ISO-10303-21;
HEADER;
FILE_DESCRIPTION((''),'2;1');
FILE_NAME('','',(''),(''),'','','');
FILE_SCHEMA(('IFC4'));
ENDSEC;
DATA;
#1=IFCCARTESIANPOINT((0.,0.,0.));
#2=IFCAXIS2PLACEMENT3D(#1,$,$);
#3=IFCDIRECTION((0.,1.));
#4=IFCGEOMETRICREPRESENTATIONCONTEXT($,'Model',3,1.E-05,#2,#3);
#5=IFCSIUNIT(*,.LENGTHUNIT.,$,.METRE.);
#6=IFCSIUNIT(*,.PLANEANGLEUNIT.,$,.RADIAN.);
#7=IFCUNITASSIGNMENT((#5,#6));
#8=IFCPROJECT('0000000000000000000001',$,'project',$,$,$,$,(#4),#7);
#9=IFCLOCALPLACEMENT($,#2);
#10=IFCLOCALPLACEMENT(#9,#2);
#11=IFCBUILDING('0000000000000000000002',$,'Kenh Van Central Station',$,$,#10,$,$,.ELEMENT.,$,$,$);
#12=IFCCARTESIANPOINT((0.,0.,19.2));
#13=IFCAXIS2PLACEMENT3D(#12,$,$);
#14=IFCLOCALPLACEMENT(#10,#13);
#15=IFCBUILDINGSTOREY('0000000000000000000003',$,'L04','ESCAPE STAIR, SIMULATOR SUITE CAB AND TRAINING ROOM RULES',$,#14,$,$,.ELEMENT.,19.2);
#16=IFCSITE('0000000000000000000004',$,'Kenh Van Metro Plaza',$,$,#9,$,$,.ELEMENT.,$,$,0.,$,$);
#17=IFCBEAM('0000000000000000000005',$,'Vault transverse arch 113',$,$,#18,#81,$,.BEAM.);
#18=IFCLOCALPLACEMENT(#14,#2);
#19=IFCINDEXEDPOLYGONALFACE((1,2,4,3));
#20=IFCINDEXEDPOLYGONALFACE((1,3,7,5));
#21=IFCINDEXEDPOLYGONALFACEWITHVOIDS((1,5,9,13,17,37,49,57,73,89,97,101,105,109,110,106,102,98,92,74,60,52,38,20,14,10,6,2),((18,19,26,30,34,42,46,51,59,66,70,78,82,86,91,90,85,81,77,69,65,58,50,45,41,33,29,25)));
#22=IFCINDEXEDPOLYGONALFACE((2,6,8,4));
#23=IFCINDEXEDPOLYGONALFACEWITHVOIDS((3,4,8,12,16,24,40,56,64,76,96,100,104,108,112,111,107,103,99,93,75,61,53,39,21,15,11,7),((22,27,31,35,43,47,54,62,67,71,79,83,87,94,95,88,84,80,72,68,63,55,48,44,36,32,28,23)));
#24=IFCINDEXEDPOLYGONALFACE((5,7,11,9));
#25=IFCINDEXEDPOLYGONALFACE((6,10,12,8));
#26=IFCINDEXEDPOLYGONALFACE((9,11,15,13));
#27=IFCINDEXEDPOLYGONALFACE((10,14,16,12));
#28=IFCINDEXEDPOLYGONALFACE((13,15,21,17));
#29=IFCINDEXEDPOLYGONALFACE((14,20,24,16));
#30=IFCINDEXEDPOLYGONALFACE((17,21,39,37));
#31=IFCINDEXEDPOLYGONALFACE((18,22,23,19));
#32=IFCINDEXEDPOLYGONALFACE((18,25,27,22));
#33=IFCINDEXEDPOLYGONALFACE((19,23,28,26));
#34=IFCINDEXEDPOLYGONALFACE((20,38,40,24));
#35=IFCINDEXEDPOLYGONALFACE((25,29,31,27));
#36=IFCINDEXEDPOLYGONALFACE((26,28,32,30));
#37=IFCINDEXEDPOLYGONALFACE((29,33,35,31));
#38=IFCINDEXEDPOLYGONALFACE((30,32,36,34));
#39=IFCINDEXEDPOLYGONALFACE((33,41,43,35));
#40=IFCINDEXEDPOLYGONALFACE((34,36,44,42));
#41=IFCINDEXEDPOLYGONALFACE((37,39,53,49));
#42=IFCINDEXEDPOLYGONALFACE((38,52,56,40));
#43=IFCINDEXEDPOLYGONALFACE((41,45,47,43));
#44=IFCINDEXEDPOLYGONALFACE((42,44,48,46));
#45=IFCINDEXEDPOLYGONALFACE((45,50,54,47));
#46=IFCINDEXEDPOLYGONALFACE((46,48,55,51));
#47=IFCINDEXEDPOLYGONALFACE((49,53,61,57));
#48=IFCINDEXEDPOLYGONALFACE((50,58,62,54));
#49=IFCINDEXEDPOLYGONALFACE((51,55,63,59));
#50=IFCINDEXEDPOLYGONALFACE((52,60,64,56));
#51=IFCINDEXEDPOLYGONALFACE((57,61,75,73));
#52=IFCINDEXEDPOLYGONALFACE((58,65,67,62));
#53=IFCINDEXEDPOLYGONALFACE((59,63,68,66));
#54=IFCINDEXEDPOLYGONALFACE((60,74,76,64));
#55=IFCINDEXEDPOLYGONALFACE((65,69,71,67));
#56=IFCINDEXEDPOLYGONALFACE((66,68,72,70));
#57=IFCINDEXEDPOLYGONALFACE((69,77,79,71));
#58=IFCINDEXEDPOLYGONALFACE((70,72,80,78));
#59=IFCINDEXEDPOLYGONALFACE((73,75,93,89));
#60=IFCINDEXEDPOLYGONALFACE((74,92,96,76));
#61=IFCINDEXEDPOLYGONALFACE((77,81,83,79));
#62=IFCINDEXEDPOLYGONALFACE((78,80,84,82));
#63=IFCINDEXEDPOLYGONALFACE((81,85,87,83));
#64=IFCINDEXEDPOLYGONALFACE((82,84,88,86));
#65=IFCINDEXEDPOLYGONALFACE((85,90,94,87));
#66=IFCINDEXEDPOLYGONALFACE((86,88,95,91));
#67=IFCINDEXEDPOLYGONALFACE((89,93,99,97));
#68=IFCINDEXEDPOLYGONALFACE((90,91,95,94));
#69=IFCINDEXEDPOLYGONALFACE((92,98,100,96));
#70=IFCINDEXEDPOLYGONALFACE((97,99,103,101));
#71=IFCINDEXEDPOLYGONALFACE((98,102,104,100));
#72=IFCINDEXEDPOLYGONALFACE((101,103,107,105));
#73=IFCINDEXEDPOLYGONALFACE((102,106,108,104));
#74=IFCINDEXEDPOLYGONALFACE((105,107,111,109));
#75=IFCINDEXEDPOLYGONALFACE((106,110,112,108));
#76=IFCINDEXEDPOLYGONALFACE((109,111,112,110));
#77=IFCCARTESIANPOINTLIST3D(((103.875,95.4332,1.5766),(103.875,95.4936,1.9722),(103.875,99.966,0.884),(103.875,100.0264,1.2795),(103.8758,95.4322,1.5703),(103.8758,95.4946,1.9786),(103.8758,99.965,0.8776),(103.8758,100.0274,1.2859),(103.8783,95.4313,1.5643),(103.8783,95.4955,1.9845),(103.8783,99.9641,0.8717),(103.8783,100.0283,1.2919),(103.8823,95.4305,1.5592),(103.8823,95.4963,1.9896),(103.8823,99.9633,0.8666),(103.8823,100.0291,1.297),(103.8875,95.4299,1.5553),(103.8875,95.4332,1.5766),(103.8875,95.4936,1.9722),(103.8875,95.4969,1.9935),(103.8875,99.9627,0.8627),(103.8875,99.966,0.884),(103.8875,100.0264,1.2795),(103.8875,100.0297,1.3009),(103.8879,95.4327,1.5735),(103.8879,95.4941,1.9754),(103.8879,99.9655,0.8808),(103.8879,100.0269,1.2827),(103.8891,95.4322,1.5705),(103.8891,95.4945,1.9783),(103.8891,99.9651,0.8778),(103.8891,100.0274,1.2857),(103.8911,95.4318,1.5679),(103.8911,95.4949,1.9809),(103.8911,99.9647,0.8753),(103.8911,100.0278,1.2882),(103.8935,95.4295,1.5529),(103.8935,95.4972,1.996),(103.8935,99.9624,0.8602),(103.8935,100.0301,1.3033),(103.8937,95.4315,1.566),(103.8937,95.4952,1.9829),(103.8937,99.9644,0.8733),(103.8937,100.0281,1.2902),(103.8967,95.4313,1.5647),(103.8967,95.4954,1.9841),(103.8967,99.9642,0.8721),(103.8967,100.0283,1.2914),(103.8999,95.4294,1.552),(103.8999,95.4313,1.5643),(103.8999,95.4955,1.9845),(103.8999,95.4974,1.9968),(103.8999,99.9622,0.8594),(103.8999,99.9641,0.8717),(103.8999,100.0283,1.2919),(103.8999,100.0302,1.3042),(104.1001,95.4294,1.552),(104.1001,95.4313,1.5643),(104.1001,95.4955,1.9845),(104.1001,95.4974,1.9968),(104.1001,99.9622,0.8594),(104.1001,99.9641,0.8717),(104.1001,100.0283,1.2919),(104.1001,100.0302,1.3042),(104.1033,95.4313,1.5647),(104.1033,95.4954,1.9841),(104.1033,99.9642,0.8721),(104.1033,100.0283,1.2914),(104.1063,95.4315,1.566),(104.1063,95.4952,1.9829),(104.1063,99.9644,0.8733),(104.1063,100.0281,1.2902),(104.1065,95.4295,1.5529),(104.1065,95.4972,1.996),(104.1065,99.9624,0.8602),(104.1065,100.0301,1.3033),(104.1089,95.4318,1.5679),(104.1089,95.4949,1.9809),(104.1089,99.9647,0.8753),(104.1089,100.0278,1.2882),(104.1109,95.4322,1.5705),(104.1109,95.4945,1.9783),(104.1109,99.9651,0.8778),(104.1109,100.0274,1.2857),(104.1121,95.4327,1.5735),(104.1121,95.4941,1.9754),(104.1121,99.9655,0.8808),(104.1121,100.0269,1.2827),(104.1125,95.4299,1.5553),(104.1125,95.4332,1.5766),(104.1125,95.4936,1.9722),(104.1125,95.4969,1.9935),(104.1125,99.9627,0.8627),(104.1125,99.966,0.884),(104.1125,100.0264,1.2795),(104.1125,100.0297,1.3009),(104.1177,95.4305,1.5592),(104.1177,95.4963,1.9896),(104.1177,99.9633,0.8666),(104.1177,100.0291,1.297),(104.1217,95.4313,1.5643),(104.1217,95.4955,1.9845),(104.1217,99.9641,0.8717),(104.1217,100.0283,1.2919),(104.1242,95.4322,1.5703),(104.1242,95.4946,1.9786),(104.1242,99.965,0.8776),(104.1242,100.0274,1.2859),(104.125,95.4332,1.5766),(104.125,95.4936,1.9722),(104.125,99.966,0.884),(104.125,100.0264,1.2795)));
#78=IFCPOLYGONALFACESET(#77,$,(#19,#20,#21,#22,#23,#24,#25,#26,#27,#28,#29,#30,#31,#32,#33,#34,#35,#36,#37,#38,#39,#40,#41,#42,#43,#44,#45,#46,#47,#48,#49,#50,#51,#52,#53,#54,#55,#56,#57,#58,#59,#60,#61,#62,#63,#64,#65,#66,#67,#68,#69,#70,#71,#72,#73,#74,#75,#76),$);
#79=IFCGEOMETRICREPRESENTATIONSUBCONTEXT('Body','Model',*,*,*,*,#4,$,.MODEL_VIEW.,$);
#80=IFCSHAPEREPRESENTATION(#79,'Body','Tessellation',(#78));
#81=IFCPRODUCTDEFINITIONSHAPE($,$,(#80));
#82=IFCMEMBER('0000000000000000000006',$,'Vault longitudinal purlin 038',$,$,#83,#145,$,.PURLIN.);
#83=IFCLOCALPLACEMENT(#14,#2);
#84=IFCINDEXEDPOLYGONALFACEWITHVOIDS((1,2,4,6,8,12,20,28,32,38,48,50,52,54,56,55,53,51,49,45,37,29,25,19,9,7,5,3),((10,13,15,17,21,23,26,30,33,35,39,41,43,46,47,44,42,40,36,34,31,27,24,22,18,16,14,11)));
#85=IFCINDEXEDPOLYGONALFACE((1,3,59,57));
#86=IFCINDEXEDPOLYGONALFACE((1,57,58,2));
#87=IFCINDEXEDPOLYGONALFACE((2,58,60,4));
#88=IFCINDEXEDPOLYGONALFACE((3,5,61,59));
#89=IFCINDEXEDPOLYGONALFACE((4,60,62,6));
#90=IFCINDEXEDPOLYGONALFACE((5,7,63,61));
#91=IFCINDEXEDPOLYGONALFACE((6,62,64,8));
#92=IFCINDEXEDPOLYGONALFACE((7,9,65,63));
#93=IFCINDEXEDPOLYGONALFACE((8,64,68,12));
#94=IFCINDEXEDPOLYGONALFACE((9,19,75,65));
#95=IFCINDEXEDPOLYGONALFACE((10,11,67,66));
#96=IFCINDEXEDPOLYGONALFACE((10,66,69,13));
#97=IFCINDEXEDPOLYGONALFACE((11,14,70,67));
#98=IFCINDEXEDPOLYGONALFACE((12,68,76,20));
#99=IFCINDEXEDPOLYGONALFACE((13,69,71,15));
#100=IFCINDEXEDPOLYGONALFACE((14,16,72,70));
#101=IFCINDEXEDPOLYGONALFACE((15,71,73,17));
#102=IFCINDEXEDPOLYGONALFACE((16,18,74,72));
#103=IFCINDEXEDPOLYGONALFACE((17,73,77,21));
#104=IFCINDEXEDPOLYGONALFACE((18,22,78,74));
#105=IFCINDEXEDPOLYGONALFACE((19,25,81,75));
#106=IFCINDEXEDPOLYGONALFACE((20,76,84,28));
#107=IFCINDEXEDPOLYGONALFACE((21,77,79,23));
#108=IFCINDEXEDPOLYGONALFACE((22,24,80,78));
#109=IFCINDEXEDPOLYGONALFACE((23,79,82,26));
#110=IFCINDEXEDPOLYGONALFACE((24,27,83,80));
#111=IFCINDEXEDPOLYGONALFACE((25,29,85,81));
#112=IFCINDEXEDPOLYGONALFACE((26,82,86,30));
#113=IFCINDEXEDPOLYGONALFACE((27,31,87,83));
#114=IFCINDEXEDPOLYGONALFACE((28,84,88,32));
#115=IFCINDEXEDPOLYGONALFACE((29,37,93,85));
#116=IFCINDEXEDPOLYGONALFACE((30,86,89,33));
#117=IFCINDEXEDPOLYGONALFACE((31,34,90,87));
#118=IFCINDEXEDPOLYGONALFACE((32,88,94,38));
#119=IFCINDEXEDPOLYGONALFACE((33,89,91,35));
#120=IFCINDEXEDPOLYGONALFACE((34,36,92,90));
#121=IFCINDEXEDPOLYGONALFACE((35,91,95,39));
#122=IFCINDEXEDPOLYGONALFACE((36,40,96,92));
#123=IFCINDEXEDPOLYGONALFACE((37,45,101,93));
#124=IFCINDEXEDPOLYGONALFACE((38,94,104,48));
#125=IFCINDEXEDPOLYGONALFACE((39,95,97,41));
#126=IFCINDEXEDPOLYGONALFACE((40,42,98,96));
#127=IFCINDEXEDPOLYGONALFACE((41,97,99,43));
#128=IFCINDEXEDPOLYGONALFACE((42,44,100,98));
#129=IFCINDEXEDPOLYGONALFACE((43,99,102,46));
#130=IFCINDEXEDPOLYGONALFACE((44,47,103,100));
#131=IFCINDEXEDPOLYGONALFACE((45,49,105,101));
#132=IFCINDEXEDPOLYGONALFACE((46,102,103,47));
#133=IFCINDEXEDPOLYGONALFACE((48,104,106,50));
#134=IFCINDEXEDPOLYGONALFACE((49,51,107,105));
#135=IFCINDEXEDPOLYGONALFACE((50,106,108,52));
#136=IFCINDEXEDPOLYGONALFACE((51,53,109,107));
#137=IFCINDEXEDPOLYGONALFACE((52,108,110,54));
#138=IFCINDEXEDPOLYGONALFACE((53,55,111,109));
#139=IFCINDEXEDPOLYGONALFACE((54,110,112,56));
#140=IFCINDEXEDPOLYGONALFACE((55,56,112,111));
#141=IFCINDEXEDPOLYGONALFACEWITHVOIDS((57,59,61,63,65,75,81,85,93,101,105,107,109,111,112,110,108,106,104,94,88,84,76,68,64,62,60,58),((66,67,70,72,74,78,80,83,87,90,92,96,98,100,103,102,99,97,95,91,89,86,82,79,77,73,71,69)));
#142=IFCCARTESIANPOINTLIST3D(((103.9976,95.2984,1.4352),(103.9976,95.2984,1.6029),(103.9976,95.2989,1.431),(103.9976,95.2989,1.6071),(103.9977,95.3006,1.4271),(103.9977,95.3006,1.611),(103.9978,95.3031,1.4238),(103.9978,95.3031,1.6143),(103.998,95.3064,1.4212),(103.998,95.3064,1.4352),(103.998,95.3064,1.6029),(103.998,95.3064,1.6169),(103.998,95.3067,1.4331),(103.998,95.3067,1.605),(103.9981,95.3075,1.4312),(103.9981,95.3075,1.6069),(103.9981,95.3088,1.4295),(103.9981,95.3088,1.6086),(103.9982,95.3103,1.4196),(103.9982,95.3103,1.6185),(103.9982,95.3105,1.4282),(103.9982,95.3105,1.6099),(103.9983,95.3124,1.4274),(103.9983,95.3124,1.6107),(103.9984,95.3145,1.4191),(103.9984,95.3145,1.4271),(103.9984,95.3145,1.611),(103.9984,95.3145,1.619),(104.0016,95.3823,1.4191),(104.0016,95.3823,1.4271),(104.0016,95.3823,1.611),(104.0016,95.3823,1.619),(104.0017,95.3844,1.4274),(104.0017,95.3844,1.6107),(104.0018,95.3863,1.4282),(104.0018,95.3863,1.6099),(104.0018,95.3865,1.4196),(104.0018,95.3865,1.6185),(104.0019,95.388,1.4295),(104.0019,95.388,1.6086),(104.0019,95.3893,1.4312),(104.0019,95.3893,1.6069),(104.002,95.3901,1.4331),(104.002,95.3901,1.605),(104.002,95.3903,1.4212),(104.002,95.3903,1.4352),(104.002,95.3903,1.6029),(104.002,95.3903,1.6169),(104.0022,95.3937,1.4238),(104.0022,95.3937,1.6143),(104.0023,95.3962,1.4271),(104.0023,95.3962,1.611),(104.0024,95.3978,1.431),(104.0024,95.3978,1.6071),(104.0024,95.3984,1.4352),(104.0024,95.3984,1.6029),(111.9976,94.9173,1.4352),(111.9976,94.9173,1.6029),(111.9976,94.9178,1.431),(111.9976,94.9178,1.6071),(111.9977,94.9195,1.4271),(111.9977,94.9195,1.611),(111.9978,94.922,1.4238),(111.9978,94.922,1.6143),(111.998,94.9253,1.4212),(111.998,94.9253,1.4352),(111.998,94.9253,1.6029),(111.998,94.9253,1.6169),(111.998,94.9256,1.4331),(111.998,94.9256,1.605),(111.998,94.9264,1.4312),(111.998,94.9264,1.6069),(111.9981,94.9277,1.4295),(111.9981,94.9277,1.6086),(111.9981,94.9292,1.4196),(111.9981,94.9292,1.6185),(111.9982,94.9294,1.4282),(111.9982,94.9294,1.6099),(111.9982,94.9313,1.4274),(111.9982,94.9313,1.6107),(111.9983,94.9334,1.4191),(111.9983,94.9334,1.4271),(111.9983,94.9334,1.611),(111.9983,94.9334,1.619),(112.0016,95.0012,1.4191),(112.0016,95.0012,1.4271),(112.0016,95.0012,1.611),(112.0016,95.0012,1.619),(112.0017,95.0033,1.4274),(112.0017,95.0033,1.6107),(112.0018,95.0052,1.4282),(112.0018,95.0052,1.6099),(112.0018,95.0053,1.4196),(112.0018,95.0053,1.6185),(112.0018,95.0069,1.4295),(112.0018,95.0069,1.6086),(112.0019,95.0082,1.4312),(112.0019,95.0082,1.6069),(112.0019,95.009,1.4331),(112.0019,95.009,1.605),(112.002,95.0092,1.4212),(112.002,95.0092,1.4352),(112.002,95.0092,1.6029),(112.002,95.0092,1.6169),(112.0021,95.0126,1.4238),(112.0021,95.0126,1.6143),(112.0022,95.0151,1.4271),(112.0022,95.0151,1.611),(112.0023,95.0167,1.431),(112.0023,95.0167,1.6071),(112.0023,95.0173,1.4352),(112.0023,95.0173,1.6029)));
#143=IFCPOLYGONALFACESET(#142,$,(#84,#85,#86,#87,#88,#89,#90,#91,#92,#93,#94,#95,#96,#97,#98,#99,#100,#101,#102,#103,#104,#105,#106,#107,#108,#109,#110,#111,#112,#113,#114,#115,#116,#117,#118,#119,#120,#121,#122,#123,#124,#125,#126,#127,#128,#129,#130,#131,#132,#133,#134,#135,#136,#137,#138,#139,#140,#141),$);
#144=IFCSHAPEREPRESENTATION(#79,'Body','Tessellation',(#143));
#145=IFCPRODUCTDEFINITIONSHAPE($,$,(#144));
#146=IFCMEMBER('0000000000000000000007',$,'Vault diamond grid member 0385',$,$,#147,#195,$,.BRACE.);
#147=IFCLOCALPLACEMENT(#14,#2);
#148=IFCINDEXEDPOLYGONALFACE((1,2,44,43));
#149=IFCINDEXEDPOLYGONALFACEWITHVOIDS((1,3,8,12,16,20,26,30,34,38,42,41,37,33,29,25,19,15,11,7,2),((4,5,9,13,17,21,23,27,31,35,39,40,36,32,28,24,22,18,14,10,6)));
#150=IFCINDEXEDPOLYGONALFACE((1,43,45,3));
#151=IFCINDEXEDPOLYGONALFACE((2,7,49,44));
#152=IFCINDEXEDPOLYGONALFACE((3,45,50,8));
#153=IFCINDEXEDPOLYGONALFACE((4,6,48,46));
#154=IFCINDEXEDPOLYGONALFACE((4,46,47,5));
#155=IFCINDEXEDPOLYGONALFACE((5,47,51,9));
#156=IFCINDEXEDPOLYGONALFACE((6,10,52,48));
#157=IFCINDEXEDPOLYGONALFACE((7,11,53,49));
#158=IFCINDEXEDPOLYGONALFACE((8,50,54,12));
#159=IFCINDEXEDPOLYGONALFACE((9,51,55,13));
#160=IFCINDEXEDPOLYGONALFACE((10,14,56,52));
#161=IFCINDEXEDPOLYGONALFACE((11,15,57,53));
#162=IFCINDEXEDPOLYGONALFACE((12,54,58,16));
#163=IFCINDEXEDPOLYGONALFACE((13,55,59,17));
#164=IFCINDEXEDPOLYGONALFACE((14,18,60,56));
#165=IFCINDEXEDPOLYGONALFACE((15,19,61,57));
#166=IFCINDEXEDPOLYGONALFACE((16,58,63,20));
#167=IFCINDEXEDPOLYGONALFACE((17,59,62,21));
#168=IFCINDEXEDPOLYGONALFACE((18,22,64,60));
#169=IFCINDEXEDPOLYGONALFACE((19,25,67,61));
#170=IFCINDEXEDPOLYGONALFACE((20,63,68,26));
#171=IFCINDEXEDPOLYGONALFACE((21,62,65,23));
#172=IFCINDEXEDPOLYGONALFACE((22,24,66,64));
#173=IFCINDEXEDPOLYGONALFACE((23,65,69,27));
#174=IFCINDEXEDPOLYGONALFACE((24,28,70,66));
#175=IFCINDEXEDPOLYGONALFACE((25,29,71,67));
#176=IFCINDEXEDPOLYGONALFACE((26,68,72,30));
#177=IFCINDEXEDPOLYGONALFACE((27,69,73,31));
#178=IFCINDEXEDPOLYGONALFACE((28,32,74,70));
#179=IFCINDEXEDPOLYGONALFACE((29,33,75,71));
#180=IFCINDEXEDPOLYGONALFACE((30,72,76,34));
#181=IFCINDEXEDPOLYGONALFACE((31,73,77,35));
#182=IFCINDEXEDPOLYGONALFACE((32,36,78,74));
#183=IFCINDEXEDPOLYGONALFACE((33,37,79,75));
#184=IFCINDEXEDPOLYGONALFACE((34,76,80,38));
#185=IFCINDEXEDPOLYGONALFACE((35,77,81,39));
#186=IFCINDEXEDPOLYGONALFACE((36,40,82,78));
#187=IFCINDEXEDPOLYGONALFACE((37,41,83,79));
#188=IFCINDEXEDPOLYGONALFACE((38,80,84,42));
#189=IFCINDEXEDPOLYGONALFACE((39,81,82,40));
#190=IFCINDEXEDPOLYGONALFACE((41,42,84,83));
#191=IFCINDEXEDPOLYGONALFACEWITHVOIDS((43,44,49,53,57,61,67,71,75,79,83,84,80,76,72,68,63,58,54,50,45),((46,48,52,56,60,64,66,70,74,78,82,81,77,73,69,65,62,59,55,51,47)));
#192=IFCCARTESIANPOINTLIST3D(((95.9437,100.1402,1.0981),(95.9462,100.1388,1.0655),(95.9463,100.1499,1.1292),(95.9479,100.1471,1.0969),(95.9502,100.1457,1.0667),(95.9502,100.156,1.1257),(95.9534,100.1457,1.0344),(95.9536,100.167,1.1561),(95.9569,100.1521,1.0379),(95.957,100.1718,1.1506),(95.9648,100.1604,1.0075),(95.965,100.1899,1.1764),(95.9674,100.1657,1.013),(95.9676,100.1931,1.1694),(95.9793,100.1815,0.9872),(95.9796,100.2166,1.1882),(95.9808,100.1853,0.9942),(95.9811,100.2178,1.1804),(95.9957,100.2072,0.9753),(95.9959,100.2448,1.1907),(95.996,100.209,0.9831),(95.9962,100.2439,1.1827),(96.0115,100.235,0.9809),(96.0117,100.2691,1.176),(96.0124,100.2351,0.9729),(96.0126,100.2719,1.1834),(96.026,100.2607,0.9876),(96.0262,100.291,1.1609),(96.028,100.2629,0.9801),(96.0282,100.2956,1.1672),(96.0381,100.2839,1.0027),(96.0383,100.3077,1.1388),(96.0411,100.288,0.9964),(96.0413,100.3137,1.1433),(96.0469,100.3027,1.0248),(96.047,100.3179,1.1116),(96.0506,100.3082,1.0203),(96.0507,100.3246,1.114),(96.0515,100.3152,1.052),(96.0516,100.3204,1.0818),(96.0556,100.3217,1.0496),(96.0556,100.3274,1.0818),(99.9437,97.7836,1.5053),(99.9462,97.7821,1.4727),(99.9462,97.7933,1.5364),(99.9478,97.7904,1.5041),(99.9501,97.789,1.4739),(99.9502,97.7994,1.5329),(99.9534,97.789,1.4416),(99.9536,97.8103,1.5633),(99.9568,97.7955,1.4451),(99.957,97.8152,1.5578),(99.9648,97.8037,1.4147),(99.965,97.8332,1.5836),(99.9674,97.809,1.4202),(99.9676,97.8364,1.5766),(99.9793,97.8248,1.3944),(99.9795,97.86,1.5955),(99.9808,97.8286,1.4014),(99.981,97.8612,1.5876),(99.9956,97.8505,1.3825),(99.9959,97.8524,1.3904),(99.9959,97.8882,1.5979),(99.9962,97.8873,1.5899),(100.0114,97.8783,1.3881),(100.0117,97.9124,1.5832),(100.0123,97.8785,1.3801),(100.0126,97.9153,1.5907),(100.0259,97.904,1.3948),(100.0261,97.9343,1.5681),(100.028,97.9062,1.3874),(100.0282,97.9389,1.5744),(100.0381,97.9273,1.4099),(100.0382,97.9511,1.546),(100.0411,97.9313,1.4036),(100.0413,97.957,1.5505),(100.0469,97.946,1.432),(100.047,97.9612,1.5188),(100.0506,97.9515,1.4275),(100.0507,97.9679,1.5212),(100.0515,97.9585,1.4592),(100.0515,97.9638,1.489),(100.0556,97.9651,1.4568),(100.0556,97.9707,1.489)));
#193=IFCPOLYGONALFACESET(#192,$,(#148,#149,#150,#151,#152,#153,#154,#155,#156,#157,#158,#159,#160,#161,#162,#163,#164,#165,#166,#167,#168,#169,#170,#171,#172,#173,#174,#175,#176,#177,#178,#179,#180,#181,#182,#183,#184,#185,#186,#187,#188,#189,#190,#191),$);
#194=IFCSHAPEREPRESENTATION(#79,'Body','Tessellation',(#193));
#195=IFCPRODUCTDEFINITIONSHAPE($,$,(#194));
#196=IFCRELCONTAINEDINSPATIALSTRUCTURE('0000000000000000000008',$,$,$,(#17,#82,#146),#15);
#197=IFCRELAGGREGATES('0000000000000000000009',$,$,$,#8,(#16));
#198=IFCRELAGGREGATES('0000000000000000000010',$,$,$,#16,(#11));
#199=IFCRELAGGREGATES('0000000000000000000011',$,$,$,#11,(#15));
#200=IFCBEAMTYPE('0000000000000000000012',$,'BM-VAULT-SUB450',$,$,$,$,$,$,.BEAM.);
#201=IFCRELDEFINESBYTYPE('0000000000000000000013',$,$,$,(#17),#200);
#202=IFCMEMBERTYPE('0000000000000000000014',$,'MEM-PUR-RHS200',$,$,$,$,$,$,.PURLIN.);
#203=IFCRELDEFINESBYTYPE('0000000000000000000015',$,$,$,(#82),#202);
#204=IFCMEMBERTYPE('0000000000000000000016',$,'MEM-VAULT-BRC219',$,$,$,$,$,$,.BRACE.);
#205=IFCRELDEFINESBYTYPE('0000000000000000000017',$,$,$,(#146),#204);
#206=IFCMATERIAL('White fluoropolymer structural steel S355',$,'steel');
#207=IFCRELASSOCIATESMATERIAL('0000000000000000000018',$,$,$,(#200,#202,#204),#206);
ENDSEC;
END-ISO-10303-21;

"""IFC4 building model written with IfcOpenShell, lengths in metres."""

from ifc_helpers import new_model, si_unit, direction, frame, origin, origin_2d, place, context, subcontext, project, spatial, hollow_rectangle, hollow_circle, extrude, material, material_profile, profile_set, type_object, element, save


model = new_model("IFC4")

# Units and contexts
model_context = context("Model", 3, precision=1e-05, world=origin(), true_north=direction((0.0, 1.0)))
body_context = subcontext(model_context, "Body", "Model", "MODEL_VIEW")
ifc_project = project(units=[si_unit("LENGTHUNIT", "METRE"), si_unit("PLANEANGLEUNIT", "RADIAN")], contexts=[model_context])

# Site, building, storey
site_placement = place(None, origin())
site = spatial("IfcSite", under=ifc_project, at=site_placement, Name="Kenh Van Metro Plaza", CompositionType="ELEMENT", RefElevation=0.0)
building_placement = place(site_placement, origin())
building = spatial("IfcBuilding", under=site, at=building_placement, Name="Kenh Van Central Station", CompositionType="ELEMENT")
storey_placement = place(building_placement, frame((0.0, 0.0, 19.2)))
storey = spatial("IfcBuildingStorey", under=building, at=storey_placement, Name="L04", Description="ESCAPE STAIR, SIMULATOR SUITE CAB AND TRAINING ROOM RULES", CompositionType="ELEMENT", Elevation=19.2)

# Beam
ifc_material_1 = material(Name="White fluoropolymer structural steel S355", Category="steel")
ifc_material_profile_1 = material_profile(ifc_material_1, hollow_rectangle(XDim=0.25, YDim=0.45, WallThickness=0.0125, InnerFilletRadius=0.0125, OuterFilletRadius=0.0249, at=origin_2d()), Name="RHS 450x250x12.5")
ifc_profile_set_1 = profile_set([ifc_material_profile_1], Name="White fluoropolymer structural steel S355")
beam_type = type_object("IfcBeamType", Name="BM-VAULT-SUB450", PredefinedType="BEAM", material=ifc_profile_set_1)
beam_placement = place(storey_placement, frame((104.0, 95.4634, 1.7744), z_axis=(0.0, 0.988526, -0.151053), x_axis=(-1.0, 0.0, 0.0)))
element("IfcBeam", 1, at=beam_placement, inside=storey, type_object=beam_type, Name="Vault transverse arch 113", PredefinedType="BEAM", context=body_context, shape_type="SweptSolid", body=[
    extrude(hollow_rectangle(XDim=0.25, YDim=0.45, WallThickness=0.0125, InnerFilletRadius=0.0125, OuterFilletRadius=0.0249, at=origin_2d()), origin(), (0.0, 0.0, 1.0), 4.5854),
])

# Members
ifc_material_profile_2 = material_profile(ifc_material_1, hollow_rectangle(XDim=0.1001, YDim=0.2, WallThickness=0.0081, InnerFilletRadius=0.0081, OuterFilletRadius=0.0161, at=origin_2d()), Name="RHS 200x100x8")
ifc_profile_set_2 = profile_set([ifc_material_profile_2], Name="White fluoropolymer structural steel S355")
member_type_1 = type_object("IfcMemberType", Name="MEM-PUR-RHS200", PredefinedType="PURLIN", material=ifc_profile_set_2)
member_1_placement = place(storey_placement, frame((104.0, 95.3484, 1.519), z_axis=(0.998867, -0.047584, 0.0), x_axis=(0.047584, 0.998867, 0.0)))
element("IfcMember", 2, at=member_1_placement, inside=storey, type_object=member_type_1, Name="Vault longitudinal purlin 038", PredefinedType="PURLIN", context=body_context, shape_type="SweptSolid", body=[
    extrude(hollow_rectangle(XDim=0.1001, YDim=0.2, WallThickness=0.0081, InnerFilletRadius=0.0081, OuterFilletRadius=0.0161, at=origin_2d()), origin(), (0.0, 0.0, 1.0), 8.009),
])
ifc_material_profile_3 = material_profile(ifc_material_1, hollow_circle(Radius=0.1096, WallThickness=0.0081, at=origin_2d()), Name="CHS 219.1x8")
ifc_profile_set_3 = profile_set([ifc_material_profile_3], Name="White fluoropolymer structural steel S355")
member_type_2 = type_object("IfcMemberType", Name="MEM-VAULT-BRC219", PredefinedType="BRACE", material=ifc_profile_set_3)
member_2_placement = place(storey_placement, frame((96.0, 100.2329, 1.0818), z_axis=(0.858286, -0.505678, 0.087379), x_axis=(0.50762, 0.861581, 0.0)))
element("IfcMember", 3, at=member_2_placement, inside=storey, type_object=member_type_2, Name="Vault diamond grid member 0385", PredefinedType="BRACE", context=body_context, shape_type="SweptSolid", body=[
    extrude(hollow_circle(Radius=0.1096, WallThickness=0.0081, at=origin_2d()), origin(), (0.0, 0.0, 1.0), 4.6604),
])

save(model, "model.ifc")
